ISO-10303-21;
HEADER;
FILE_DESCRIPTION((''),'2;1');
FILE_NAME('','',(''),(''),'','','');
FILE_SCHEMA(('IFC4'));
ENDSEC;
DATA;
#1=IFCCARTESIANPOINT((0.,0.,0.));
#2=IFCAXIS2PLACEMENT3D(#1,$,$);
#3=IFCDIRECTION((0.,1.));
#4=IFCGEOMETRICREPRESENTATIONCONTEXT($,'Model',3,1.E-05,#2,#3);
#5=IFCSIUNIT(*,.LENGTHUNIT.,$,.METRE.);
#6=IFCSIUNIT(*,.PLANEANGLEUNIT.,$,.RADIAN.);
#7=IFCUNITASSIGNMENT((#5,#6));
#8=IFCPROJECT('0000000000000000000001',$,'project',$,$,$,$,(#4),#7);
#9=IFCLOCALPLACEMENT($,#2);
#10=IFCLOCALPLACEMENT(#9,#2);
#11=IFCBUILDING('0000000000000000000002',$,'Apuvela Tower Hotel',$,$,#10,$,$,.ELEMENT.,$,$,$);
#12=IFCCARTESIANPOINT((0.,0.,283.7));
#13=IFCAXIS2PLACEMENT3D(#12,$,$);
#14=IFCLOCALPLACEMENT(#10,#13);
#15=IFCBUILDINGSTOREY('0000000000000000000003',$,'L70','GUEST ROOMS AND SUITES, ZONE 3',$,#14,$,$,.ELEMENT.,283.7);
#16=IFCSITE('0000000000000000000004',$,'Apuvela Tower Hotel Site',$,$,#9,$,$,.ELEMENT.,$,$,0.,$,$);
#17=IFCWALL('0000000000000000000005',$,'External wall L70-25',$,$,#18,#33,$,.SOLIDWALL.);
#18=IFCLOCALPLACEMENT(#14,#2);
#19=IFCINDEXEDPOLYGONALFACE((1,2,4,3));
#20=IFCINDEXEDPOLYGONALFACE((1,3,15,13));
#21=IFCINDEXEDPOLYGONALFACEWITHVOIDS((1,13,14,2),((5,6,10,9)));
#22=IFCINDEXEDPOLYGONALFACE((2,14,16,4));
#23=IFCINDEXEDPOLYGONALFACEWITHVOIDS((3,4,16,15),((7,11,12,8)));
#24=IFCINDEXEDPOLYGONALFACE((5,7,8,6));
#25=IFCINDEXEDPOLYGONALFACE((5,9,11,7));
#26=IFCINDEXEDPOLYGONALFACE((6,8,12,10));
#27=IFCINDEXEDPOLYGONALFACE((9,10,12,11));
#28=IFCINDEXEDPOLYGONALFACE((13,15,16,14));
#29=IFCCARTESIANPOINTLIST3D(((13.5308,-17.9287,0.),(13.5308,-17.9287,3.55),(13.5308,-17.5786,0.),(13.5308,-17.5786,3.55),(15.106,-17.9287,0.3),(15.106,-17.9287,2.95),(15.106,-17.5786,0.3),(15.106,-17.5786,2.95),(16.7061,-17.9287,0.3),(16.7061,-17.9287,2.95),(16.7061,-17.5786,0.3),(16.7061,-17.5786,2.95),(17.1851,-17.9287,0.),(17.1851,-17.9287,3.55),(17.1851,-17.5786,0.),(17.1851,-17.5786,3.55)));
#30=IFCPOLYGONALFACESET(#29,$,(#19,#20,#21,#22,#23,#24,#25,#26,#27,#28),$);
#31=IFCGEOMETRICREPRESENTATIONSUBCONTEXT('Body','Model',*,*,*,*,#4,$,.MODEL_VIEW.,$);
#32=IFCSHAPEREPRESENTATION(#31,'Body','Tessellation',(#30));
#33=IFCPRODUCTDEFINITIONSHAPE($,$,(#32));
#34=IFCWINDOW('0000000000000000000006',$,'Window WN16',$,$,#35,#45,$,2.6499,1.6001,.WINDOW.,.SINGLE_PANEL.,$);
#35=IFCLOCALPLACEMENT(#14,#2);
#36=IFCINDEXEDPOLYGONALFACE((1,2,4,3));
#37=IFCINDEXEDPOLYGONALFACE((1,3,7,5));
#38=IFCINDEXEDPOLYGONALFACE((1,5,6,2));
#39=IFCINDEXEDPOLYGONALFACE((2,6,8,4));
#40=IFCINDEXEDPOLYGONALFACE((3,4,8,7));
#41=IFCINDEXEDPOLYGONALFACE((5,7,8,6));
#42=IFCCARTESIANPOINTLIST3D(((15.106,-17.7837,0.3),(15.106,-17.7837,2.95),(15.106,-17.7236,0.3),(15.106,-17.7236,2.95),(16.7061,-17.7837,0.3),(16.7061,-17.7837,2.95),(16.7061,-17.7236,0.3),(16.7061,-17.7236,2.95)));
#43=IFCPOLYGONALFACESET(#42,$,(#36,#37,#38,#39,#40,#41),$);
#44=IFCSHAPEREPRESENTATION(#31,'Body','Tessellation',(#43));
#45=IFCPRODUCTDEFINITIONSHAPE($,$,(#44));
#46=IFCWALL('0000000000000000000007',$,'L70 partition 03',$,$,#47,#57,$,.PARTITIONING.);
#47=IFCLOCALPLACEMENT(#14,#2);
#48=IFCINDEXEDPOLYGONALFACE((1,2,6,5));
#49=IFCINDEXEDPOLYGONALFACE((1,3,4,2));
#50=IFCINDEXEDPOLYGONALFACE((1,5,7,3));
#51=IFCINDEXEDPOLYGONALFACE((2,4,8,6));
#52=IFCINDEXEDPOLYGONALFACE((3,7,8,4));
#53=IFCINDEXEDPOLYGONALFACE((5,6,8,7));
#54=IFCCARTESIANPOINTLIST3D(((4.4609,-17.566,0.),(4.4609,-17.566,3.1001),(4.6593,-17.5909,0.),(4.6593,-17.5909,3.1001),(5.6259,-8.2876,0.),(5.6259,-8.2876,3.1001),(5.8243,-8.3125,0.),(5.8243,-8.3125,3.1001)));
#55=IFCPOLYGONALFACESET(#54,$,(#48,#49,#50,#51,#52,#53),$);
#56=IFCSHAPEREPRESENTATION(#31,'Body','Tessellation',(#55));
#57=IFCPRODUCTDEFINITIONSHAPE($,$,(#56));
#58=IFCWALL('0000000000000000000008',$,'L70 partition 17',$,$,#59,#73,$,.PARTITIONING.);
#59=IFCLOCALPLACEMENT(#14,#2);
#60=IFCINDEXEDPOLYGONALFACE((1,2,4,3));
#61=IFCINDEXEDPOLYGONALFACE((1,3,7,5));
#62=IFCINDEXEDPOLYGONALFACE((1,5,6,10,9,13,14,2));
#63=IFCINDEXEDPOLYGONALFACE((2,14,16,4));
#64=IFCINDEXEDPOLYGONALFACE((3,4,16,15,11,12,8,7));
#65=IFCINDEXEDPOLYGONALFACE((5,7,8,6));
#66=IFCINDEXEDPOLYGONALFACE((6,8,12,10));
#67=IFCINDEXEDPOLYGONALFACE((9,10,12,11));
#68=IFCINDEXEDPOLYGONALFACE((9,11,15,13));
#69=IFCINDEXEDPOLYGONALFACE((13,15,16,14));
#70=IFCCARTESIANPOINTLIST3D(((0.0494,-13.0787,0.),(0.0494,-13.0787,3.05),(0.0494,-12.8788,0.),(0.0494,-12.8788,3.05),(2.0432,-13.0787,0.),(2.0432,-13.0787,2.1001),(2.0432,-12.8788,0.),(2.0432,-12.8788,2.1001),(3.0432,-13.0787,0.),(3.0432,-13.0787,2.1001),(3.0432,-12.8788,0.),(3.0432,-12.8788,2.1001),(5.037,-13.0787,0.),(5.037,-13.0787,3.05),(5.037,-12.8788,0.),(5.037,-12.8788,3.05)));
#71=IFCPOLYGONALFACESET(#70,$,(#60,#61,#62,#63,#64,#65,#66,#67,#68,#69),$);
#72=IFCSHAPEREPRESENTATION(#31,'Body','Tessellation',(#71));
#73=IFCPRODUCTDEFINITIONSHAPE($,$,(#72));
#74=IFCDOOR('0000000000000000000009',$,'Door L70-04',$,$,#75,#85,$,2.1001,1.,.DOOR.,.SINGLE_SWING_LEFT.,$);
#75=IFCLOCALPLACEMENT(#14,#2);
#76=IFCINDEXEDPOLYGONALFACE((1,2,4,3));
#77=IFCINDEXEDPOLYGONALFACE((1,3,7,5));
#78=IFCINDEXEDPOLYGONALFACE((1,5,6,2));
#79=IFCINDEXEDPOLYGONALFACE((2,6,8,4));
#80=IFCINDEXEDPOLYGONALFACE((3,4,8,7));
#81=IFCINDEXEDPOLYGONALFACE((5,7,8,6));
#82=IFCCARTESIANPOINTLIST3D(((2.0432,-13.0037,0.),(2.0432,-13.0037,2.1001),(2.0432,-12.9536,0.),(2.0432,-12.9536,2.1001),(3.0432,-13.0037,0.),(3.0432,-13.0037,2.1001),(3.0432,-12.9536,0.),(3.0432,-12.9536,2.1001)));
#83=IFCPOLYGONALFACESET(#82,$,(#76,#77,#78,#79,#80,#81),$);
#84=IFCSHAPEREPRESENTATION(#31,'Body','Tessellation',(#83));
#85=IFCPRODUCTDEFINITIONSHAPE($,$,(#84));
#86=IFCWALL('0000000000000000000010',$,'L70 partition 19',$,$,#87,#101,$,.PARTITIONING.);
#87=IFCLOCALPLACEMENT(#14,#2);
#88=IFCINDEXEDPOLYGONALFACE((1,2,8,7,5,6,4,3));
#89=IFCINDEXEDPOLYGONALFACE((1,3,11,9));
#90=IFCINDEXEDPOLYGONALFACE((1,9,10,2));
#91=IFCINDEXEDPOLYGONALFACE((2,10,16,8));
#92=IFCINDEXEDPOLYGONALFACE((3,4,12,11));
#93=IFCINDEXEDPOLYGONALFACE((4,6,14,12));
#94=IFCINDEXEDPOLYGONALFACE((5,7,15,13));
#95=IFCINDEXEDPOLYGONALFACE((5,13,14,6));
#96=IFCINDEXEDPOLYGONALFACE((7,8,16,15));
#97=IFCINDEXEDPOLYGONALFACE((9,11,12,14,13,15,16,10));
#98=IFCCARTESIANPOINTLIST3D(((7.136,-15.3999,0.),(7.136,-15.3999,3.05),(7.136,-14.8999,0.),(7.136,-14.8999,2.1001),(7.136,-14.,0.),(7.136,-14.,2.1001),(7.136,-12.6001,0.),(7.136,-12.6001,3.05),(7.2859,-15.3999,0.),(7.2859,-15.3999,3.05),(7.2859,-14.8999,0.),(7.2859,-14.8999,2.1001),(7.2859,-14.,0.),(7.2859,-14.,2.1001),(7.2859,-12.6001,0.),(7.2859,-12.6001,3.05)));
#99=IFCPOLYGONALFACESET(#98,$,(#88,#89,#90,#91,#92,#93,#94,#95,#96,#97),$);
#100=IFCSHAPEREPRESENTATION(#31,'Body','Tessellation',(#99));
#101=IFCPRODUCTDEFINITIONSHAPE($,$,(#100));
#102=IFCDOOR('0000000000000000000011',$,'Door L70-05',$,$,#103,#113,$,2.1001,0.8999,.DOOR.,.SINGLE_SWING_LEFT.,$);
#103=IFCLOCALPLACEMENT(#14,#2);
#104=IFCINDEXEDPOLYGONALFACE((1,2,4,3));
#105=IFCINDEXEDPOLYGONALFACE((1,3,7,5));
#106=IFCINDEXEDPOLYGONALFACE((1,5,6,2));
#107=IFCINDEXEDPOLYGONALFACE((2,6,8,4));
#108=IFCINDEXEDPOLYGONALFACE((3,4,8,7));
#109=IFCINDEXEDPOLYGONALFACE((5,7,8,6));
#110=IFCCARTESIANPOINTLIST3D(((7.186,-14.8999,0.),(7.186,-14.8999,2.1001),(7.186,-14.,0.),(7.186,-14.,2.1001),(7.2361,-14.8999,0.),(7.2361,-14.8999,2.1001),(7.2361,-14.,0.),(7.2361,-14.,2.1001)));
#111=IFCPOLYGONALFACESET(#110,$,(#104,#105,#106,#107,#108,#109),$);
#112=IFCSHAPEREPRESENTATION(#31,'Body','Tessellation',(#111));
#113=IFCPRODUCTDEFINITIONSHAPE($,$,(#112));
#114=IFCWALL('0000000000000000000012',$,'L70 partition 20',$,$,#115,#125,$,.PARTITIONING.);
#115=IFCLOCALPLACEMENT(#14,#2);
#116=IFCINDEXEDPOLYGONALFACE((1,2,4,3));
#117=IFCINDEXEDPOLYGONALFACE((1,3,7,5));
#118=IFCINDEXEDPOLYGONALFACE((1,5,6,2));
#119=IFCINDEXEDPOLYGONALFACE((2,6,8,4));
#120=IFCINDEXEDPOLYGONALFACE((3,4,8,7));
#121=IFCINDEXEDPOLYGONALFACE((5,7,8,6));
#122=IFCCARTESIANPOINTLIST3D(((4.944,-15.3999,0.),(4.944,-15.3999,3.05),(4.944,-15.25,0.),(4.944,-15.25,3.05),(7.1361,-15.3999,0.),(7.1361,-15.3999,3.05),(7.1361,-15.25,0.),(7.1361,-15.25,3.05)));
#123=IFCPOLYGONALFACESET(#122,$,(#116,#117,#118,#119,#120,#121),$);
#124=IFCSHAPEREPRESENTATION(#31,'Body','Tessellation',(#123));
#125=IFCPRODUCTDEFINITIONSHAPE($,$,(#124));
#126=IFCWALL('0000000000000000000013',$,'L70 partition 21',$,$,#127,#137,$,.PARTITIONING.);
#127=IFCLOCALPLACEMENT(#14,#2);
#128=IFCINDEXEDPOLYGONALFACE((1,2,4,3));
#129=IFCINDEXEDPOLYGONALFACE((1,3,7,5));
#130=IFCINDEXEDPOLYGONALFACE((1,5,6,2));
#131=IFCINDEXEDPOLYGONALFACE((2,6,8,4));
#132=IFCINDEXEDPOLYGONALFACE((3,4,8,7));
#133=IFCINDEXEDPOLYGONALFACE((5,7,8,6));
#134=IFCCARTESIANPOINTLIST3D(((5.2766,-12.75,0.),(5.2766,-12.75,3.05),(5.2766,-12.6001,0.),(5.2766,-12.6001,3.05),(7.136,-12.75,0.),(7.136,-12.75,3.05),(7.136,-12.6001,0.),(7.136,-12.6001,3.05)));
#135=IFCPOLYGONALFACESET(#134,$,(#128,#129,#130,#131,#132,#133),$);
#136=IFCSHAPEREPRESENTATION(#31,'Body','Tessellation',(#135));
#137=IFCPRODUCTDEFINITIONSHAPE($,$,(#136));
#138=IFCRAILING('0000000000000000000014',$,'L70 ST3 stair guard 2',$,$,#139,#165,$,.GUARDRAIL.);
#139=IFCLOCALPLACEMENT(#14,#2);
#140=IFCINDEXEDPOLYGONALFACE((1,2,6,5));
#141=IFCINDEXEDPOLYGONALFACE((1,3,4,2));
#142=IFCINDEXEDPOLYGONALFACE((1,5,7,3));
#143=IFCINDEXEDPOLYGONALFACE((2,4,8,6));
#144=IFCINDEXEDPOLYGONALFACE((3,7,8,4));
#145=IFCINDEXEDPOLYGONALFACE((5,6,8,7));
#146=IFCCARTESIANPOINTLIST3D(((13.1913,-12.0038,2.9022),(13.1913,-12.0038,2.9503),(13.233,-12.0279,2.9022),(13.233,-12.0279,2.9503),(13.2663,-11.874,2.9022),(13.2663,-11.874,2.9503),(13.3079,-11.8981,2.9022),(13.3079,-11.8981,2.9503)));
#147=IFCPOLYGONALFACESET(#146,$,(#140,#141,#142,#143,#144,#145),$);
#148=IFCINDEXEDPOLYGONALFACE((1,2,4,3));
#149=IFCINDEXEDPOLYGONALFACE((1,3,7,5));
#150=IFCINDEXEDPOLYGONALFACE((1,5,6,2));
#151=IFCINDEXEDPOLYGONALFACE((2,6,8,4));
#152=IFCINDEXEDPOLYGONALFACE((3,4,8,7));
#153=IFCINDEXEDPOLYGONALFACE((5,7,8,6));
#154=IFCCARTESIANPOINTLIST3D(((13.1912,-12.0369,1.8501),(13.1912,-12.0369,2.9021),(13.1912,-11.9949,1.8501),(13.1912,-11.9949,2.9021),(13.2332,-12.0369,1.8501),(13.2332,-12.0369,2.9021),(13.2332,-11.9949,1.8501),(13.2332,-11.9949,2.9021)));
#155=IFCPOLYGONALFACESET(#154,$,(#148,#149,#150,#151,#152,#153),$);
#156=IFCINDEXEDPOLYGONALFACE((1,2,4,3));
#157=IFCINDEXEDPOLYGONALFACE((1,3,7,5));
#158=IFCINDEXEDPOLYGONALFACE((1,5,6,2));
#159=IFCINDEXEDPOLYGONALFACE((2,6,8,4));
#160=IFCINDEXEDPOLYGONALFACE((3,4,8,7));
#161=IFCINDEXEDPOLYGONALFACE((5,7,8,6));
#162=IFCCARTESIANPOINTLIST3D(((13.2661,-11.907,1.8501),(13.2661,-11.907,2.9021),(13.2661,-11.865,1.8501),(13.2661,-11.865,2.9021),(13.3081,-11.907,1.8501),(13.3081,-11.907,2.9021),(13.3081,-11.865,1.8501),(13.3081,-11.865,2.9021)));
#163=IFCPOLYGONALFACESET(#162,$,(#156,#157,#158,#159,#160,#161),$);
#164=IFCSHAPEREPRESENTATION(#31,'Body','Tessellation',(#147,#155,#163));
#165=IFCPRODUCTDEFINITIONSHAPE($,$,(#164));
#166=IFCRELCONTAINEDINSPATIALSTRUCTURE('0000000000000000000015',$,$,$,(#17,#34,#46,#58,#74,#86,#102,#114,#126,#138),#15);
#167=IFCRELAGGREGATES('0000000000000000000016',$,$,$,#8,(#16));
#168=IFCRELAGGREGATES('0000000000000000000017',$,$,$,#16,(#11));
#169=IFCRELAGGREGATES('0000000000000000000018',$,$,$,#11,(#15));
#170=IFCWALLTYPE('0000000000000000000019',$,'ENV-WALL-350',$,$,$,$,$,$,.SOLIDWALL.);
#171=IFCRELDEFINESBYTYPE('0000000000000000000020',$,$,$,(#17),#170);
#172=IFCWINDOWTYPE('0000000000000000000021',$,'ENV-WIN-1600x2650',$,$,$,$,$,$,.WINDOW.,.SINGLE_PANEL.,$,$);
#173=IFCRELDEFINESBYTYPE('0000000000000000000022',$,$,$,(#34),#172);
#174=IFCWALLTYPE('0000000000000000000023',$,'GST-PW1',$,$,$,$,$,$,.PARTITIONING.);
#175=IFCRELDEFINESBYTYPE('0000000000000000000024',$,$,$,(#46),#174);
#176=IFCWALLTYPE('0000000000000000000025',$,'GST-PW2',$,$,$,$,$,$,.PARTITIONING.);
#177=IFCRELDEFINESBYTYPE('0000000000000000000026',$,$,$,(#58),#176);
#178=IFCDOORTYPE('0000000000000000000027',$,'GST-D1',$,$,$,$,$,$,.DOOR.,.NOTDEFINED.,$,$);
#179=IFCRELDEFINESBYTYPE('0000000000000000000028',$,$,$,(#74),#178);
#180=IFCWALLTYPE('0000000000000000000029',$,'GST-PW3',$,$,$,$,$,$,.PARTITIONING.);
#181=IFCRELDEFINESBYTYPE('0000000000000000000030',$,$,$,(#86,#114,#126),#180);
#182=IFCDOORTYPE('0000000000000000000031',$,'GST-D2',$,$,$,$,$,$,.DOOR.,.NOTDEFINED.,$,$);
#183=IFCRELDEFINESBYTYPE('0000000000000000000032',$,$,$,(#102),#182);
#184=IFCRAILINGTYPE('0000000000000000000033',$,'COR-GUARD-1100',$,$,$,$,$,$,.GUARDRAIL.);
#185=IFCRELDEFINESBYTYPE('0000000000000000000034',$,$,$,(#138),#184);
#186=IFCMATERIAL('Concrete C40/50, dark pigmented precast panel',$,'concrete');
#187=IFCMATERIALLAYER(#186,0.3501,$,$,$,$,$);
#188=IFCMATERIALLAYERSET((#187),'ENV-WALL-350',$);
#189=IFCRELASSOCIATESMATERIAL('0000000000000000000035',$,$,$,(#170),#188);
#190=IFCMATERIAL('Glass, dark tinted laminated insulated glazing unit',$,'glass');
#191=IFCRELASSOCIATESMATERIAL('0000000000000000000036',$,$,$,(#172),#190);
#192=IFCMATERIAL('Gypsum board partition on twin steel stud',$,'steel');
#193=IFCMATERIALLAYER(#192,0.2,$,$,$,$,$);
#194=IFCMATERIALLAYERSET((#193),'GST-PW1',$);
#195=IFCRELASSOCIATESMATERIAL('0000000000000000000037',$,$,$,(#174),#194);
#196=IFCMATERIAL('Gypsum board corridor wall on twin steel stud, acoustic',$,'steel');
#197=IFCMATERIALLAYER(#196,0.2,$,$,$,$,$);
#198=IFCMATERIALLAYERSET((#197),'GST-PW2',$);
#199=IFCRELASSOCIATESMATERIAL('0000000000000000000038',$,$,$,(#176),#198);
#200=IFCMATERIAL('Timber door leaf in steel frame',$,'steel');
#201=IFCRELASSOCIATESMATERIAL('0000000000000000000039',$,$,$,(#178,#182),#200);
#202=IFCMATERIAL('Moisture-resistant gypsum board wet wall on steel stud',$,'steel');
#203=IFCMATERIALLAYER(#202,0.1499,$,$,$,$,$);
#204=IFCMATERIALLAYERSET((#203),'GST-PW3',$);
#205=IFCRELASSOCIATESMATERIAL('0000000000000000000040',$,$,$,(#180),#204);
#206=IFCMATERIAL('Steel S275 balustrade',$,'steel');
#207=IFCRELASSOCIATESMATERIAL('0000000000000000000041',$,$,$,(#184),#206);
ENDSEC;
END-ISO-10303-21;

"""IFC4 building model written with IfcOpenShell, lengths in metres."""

from ifc_helpers import new_model, si_unit, direction, frame, frame_2d, origin, origin_2d, place, context, subcontext, project, spatial, rectangle, extrude, material, layer, layer_set, type_object, element, fill, save


model = new_model("IFC4")

# Units and contexts
model_context = context("Model", 3, precision=1e-05, world=origin(), true_north=direction((0.0, 1.0)))
body_context = subcontext(model_context, "Body", "Model", "MODEL_VIEW")
ifc_project = project(units=[si_unit("LENGTHUNIT", "METRE"), si_unit("PLANEANGLEUNIT", "RADIAN")], contexts=[model_context])

# Site, building, storey
site_placement = place(None, origin())
site = spatial("IfcSite", under=ifc_project, at=site_placement, Name="Apuvela Tower Hotel Site", CompositionType="ELEMENT", RefElevation=0.0)
building_placement = place(site_placement, origin())
building = spatial("IfcBuilding", under=site, at=building_placement, Name="Apuvela Tower Hotel", CompositionType="ELEMENT")
storey_placement = place(building_placement, frame((0.0, 0.0, 283.7)))
storey = spatial("IfcBuildingStorey", under=building, at=storey_placement, Name="L70", Description="GUEST ROOMS AND SUITES, ZONE 3", CompositionType="ELEMENT", Elevation=283.7)

# Shared definitions
ifc_material_1 = material(Name="Concrete C40/50, dark pigmented precast panel", Category="concrete")
ifc_layer_1 = layer(ifc_material_1, 0.3501)
ifc_layer_set_1 = layer_set([ifc_layer_1], Name="ENV-WALL-350")
wall_type_1 = type_object("IfcWallType", Name="ENV-WALL-350", PredefinedType="SOLIDWALL", material=ifc_layer_set_1)

# Shared definitions
ifc_material_2 = material(Name="Glass, dark tinted laminated insulated glazing unit", Category="glass")

# Wall, opening, window
wall_1_placement = place(storey_placement, frame((13.5308, -17.7537, 0.0), z_axis=(0.0, 0.0, 1.0), x_axis=(1.0, 0.0, 0.0)))
wall_1 = element("IfcWall", 1, at=wall_1_placement, inside=storey, type_object=wall_type_1, Name="External wall L70-25", PredefinedType="SOLIDWALL", context=body_context, shape_type="SweptSolid", body=[
    extrude(rectangle(XDim=3.6543, YDim=0.3501, at=frame_2d((1.8271, 0.0))), origin(), (0.0, 0.0, 1.0), 3.55),
])
opening_1_placement = place(wall_1_placement, frame((1.5752, 0.0, 0.3)))
opening_1 = element("IfcOpeningElement", 2, at=opening_1_placement, cuts=wall_1, PredefinedType="OPENING", context=body_context, shape_type="SweptSolid", body=[
    extrude(rectangle(XDim=1.6001, YDim=2.6499, at=frame_2d((0.8, 1.325))), frame((0.0, 0.1851, 0.0), z_axis=(0.0, -1.0, 0.0), x_axis=(1.0, 0.0, 0.0)), (0.0, 0.0, 1.0), 0.3701),
])
window_type_1 = type_object("IfcWindowType", Name="ENV-WIN-1600x2650", PartitioningType="SINGLE_PANEL", PredefinedType="WINDOW", material=ifc_material_2)
window_1_placement = place(opening_1_placement, origin())
window_1 = element("IfcWindow", 3, at=window_1_placement, inside=storey, type_object=window_type_1, Name="Window WN16", OverallHeight=2.6499, OverallWidth=1.6001, PartitioningType="SINGLE_PANEL", PredefinedType="WINDOW", context=body_context, shape_type="SweptSolid", body=[
    extrude(rectangle(XDim=1.6001, YDim=2.6499, at=frame_2d((0.8, 1.325))), frame((0.0, 0.03, 0.0), z_axis=(0.0, -1.0, 0.0), x_axis=(1.0, 0.0, 0.0)), (0.0, 0.0, 1.0), 0.0601),
])
fill(opening_1, window_1)

# Wall
ifc_material_3 = material(Name="Gypsum board partition on twin steel stud", Category="steel")
ifc_layer_2 = layer(ifc_material_3, 0.2)
ifc_layer_set_2 = layer_set([ifc_layer_2], Name="GST-PW1")
wall_type_2 = type_object("IfcWallType", Name="GST-PW1", PredefinedType="PARTITIONING", material=ifc_layer_set_2)
wall_2_placement = place(storey_placement, frame((4.5601, -17.5786, 0.0), z_axis=(0.0, 0.0, 1.0), x_axis=(0.124584, 0.992209, 0.0)))
element("IfcWall", 4, at=wall_2_placement, inside=storey, type_object=wall_type_2, Name="L70 partition 03", PredefinedType="PARTITIONING", context=body_context, shape_type="SweptSolid", body=[
    extrude(rectangle(XDim=9.3513, YDim=0.2, at=frame_2d((4.6758, 0.0))), origin(), (0.0, 0.0, 1.0), 3.1001),
])

# Walls, openings, doors
ifc_material_4 = material(Name="Gypsum board corridor wall on twin steel stud, acoustic", Category="steel")
ifc_layer_3 = layer(ifc_material_4, 0.2)
ifc_layer_set_3 = layer_set([ifc_layer_3], Name="GST-PW2")
wall_type_3 = type_object("IfcWallType", Name="GST-PW2", PredefinedType="PARTITIONING", material=ifc_layer_set_3)
wall_3_placement = place(storey_placement, frame((5.0369, -12.9788, 0.0), z_axis=(0.0, 0.0, 1.0), x_axis=(-1.0, 0.0, 0.0)))
wall_3 = element("IfcWall", 5, at=wall_3_placement, inside=storey, type_object=wall_type_3, Name="L70 partition 17", PredefinedType="PARTITIONING", context=body_context, shape_type="SweptSolid", body=[
    extrude(rectangle(XDim=4.9875, YDim=0.2, at=frame_2d((2.4937, 0.0))), origin(), (0.0, 0.0, 1.0), 3.05),
])
opening_2_placement = place(wall_3_placement, frame((1.9937, 0.0, 0.0)))
opening_2 = element("IfcOpeningElement", 6, at=opening_2_placement, cuts=wall_3, PredefinedType="OPENING", context=body_context, shape_type="SweptSolid", body=[
    extrude(rectangle(XDim=1.0, YDim=2.1001, at=frame_2d((0.5, 1.05))), frame((0.0, 0.1099, 0.0), z_axis=(0.0, -1.0, 0.0), x_axis=(1.0, 0.0, 0.0)), (0.0, 0.0, 1.0), 0.22),
])
ifc_material_5 = material(Name="Timber door leaf in steel frame", Category="steel")
door_type_1 = type_object("IfcDoorType", Name="GST-D1", OperationType="NOTDEFINED", PredefinedType="DOOR", material=ifc_material_5)
door_1_placement = place(opening_2_placement, origin())
door_1 = element("IfcDoor", 7, at=door_1_placement, inside=storey, type_object=door_type_1, Name="Door L70-04", OperationType="SINGLE_SWING_LEFT", OverallHeight=2.1001, OverallWidth=1.0, PredefinedType="DOOR", context=body_context, shape_type="SweptSolid", body=[
    extrude(rectangle(XDim=1.0, YDim=2.1001, at=frame_2d((0.5, 1.05))), frame((0.0, 0.0249, 0.0), z_axis=(0.0, -1.0, 0.0), x_axis=(1.0, 0.0, 0.0)), (0.0, 0.0, 1.0), 0.05),
])
fill(opening_2, door_1)
ifc_material_6 = material(Name="Moisture-resistant gypsum board wet wall on steel stud", Category="steel")
ifc_layer_4 = layer(ifc_material_6, 0.1499)
ifc_layer_set_4 = layer_set([ifc_layer_4], Name="GST-PW3")
wall_type_4 = type_object("IfcWallType", Name="GST-PW3", PredefinedType="PARTITIONING", material=ifc_layer_set_4)
wall_4_placement = place(storey_placement, frame((7.2109, -15.3999, 0.0), z_axis=(0.0, 0.0, 1.0), x_axis=(0.0, 1.0, 0.0)))
wall_4 = element("IfcWall", 8, at=wall_4_placement, inside=storey, type_object=wall_type_4, Name="L70 partition 19", PredefinedType="PARTITIONING", context=body_context, shape_type="SweptSolid", body=[
    extrude(rectangle(XDim=2.7998, YDim=0.1499, at=frame_2d((1.3999, 0.0))), origin(), (0.0, 0.0, 1.0), 3.05),
])
opening_3_placement = place(wall_4_placement, frame((0.5, 0.0, 0.0)))
opening_3 = element("IfcOpeningElement", 9, at=opening_3_placement, cuts=wall_4, PredefinedType="OPENING", context=body_context, shape_type="SweptSolid", body=[
    extrude(rectangle(XDim=0.8999, YDim=2.1001, at=frame_2d((0.45, 1.05))), frame((0.0, 0.085, 0.0), z_axis=(0.0, -1.0, 0.0), x_axis=(1.0, 0.0, 0.0)), (0.0, 0.0, 1.0), 0.1699),
])
door_type_2 = type_object("IfcDoorType", Name="GST-D2", OperationType="NOTDEFINED", PredefinedType="DOOR", material=ifc_material_5)
door_2_placement = place(opening_3_placement, origin())
door_2 = element("IfcDoor", 10, at=door_2_placement, inside=storey, type_object=door_type_2, Name="Door L70-05", OperationType="SINGLE_SWING_LEFT", OverallHeight=2.1001, OverallWidth=0.8999, PredefinedType="DOOR", context=body_context, shape_type="SweptSolid", body=[
    extrude(rectangle(XDim=0.8999, YDim=2.1001, at=frame_2d((0.45, 1.05))), frame((0.0, 0.0249, 0.0), z_axis=(0.0, -1.0, 0.0), x_axis=(1.0, 0.0, 0.0)), (0.0, 0.0, 1.0), 0.05),
])
fill(opening_3, door_2)

# Walls
wall_5_placement = place(storey_placement, frame((4.9438, -15.325, 0.0), z_axis=(0.0, 0.0, 1.0), x_axis=(1.0, 0.0, 0.0)))
element("IfcWall", 11, at=wall_5_placement, inside=storey, type_object=wall_type_4, Name="L70 partition 20", PredefinedType="PARTITIONING", context=body_context, shape_type="SweptSolid", body=[
    extrude(rectangle(XDim=2.1921, YDim=0.1499, at=frame_2d((1.0962, 0.0))), origin(), (0.0, 0.0, 1.0), 3.05),
])
wall_6_placement = place(storey_placement, frame((5.2766, -12.675, 0.0), z_axis=(0.0, 0.0, 1.0), x_axis=(1.0, 0.0, 0.0)))
element("IfcWall", 12, at=wall_6_placement, inside=storey, type_object=wall_type_4, Name="L70 partition 21", PredefinedType="PARTITIONING", context=body_context, shape_type="SweptSolid", body=[
    extrude(rectangle(XDim=1.8594, YDim=0.1499, at=frame_2d((0.9297, 0.0))), origin(), (0.0, 0.0, 1.0), 3.05),
])

# Railing
ifc_material_7 = material(Name="Steel S275 balustrade", Category="steel")
railing_type = type_object("IfcRailingType", Name="COR-GUARD-1100", PredefinedType="GUARDRAIL", material=ifc_material_7)
railing_placement = place(storey_placement, frame((13.2122, -12.0159, 1.8501)))
element("IfcRailing", 13, at=railing_placement, inside=storey, type_object=railing_type, Name="L70 ST3 stair guard 2", PredefinedType="GUARDRAIL", context=body_context, shape_type="SweptSolid", body=[
    extrude(rectangle(XDim=0.0481, YDim=0.0481, at=origin_2d()), frame((0.0, 0.0, 1.0762), z_axis=(0.499816, 0.866131, 0.0), x_axis=(-0.866131, 0.499816, 0.0)), (0.0, 0.0, 1.0), 0.1499),
    extrude(rectangle(XDim=0.042, YDim=0.042, at=origin_2d()), origin(), (0.0, 0.0, 1.0), 1.052),
    extrude(rectangle(XDim=0.042, YDim=0.042, at=origin_2d()), frame((0.075, 0.1299, 0.0)), (0.0, 0.0, 1.0), 1.052),
])

save(model, "model.ifc")
